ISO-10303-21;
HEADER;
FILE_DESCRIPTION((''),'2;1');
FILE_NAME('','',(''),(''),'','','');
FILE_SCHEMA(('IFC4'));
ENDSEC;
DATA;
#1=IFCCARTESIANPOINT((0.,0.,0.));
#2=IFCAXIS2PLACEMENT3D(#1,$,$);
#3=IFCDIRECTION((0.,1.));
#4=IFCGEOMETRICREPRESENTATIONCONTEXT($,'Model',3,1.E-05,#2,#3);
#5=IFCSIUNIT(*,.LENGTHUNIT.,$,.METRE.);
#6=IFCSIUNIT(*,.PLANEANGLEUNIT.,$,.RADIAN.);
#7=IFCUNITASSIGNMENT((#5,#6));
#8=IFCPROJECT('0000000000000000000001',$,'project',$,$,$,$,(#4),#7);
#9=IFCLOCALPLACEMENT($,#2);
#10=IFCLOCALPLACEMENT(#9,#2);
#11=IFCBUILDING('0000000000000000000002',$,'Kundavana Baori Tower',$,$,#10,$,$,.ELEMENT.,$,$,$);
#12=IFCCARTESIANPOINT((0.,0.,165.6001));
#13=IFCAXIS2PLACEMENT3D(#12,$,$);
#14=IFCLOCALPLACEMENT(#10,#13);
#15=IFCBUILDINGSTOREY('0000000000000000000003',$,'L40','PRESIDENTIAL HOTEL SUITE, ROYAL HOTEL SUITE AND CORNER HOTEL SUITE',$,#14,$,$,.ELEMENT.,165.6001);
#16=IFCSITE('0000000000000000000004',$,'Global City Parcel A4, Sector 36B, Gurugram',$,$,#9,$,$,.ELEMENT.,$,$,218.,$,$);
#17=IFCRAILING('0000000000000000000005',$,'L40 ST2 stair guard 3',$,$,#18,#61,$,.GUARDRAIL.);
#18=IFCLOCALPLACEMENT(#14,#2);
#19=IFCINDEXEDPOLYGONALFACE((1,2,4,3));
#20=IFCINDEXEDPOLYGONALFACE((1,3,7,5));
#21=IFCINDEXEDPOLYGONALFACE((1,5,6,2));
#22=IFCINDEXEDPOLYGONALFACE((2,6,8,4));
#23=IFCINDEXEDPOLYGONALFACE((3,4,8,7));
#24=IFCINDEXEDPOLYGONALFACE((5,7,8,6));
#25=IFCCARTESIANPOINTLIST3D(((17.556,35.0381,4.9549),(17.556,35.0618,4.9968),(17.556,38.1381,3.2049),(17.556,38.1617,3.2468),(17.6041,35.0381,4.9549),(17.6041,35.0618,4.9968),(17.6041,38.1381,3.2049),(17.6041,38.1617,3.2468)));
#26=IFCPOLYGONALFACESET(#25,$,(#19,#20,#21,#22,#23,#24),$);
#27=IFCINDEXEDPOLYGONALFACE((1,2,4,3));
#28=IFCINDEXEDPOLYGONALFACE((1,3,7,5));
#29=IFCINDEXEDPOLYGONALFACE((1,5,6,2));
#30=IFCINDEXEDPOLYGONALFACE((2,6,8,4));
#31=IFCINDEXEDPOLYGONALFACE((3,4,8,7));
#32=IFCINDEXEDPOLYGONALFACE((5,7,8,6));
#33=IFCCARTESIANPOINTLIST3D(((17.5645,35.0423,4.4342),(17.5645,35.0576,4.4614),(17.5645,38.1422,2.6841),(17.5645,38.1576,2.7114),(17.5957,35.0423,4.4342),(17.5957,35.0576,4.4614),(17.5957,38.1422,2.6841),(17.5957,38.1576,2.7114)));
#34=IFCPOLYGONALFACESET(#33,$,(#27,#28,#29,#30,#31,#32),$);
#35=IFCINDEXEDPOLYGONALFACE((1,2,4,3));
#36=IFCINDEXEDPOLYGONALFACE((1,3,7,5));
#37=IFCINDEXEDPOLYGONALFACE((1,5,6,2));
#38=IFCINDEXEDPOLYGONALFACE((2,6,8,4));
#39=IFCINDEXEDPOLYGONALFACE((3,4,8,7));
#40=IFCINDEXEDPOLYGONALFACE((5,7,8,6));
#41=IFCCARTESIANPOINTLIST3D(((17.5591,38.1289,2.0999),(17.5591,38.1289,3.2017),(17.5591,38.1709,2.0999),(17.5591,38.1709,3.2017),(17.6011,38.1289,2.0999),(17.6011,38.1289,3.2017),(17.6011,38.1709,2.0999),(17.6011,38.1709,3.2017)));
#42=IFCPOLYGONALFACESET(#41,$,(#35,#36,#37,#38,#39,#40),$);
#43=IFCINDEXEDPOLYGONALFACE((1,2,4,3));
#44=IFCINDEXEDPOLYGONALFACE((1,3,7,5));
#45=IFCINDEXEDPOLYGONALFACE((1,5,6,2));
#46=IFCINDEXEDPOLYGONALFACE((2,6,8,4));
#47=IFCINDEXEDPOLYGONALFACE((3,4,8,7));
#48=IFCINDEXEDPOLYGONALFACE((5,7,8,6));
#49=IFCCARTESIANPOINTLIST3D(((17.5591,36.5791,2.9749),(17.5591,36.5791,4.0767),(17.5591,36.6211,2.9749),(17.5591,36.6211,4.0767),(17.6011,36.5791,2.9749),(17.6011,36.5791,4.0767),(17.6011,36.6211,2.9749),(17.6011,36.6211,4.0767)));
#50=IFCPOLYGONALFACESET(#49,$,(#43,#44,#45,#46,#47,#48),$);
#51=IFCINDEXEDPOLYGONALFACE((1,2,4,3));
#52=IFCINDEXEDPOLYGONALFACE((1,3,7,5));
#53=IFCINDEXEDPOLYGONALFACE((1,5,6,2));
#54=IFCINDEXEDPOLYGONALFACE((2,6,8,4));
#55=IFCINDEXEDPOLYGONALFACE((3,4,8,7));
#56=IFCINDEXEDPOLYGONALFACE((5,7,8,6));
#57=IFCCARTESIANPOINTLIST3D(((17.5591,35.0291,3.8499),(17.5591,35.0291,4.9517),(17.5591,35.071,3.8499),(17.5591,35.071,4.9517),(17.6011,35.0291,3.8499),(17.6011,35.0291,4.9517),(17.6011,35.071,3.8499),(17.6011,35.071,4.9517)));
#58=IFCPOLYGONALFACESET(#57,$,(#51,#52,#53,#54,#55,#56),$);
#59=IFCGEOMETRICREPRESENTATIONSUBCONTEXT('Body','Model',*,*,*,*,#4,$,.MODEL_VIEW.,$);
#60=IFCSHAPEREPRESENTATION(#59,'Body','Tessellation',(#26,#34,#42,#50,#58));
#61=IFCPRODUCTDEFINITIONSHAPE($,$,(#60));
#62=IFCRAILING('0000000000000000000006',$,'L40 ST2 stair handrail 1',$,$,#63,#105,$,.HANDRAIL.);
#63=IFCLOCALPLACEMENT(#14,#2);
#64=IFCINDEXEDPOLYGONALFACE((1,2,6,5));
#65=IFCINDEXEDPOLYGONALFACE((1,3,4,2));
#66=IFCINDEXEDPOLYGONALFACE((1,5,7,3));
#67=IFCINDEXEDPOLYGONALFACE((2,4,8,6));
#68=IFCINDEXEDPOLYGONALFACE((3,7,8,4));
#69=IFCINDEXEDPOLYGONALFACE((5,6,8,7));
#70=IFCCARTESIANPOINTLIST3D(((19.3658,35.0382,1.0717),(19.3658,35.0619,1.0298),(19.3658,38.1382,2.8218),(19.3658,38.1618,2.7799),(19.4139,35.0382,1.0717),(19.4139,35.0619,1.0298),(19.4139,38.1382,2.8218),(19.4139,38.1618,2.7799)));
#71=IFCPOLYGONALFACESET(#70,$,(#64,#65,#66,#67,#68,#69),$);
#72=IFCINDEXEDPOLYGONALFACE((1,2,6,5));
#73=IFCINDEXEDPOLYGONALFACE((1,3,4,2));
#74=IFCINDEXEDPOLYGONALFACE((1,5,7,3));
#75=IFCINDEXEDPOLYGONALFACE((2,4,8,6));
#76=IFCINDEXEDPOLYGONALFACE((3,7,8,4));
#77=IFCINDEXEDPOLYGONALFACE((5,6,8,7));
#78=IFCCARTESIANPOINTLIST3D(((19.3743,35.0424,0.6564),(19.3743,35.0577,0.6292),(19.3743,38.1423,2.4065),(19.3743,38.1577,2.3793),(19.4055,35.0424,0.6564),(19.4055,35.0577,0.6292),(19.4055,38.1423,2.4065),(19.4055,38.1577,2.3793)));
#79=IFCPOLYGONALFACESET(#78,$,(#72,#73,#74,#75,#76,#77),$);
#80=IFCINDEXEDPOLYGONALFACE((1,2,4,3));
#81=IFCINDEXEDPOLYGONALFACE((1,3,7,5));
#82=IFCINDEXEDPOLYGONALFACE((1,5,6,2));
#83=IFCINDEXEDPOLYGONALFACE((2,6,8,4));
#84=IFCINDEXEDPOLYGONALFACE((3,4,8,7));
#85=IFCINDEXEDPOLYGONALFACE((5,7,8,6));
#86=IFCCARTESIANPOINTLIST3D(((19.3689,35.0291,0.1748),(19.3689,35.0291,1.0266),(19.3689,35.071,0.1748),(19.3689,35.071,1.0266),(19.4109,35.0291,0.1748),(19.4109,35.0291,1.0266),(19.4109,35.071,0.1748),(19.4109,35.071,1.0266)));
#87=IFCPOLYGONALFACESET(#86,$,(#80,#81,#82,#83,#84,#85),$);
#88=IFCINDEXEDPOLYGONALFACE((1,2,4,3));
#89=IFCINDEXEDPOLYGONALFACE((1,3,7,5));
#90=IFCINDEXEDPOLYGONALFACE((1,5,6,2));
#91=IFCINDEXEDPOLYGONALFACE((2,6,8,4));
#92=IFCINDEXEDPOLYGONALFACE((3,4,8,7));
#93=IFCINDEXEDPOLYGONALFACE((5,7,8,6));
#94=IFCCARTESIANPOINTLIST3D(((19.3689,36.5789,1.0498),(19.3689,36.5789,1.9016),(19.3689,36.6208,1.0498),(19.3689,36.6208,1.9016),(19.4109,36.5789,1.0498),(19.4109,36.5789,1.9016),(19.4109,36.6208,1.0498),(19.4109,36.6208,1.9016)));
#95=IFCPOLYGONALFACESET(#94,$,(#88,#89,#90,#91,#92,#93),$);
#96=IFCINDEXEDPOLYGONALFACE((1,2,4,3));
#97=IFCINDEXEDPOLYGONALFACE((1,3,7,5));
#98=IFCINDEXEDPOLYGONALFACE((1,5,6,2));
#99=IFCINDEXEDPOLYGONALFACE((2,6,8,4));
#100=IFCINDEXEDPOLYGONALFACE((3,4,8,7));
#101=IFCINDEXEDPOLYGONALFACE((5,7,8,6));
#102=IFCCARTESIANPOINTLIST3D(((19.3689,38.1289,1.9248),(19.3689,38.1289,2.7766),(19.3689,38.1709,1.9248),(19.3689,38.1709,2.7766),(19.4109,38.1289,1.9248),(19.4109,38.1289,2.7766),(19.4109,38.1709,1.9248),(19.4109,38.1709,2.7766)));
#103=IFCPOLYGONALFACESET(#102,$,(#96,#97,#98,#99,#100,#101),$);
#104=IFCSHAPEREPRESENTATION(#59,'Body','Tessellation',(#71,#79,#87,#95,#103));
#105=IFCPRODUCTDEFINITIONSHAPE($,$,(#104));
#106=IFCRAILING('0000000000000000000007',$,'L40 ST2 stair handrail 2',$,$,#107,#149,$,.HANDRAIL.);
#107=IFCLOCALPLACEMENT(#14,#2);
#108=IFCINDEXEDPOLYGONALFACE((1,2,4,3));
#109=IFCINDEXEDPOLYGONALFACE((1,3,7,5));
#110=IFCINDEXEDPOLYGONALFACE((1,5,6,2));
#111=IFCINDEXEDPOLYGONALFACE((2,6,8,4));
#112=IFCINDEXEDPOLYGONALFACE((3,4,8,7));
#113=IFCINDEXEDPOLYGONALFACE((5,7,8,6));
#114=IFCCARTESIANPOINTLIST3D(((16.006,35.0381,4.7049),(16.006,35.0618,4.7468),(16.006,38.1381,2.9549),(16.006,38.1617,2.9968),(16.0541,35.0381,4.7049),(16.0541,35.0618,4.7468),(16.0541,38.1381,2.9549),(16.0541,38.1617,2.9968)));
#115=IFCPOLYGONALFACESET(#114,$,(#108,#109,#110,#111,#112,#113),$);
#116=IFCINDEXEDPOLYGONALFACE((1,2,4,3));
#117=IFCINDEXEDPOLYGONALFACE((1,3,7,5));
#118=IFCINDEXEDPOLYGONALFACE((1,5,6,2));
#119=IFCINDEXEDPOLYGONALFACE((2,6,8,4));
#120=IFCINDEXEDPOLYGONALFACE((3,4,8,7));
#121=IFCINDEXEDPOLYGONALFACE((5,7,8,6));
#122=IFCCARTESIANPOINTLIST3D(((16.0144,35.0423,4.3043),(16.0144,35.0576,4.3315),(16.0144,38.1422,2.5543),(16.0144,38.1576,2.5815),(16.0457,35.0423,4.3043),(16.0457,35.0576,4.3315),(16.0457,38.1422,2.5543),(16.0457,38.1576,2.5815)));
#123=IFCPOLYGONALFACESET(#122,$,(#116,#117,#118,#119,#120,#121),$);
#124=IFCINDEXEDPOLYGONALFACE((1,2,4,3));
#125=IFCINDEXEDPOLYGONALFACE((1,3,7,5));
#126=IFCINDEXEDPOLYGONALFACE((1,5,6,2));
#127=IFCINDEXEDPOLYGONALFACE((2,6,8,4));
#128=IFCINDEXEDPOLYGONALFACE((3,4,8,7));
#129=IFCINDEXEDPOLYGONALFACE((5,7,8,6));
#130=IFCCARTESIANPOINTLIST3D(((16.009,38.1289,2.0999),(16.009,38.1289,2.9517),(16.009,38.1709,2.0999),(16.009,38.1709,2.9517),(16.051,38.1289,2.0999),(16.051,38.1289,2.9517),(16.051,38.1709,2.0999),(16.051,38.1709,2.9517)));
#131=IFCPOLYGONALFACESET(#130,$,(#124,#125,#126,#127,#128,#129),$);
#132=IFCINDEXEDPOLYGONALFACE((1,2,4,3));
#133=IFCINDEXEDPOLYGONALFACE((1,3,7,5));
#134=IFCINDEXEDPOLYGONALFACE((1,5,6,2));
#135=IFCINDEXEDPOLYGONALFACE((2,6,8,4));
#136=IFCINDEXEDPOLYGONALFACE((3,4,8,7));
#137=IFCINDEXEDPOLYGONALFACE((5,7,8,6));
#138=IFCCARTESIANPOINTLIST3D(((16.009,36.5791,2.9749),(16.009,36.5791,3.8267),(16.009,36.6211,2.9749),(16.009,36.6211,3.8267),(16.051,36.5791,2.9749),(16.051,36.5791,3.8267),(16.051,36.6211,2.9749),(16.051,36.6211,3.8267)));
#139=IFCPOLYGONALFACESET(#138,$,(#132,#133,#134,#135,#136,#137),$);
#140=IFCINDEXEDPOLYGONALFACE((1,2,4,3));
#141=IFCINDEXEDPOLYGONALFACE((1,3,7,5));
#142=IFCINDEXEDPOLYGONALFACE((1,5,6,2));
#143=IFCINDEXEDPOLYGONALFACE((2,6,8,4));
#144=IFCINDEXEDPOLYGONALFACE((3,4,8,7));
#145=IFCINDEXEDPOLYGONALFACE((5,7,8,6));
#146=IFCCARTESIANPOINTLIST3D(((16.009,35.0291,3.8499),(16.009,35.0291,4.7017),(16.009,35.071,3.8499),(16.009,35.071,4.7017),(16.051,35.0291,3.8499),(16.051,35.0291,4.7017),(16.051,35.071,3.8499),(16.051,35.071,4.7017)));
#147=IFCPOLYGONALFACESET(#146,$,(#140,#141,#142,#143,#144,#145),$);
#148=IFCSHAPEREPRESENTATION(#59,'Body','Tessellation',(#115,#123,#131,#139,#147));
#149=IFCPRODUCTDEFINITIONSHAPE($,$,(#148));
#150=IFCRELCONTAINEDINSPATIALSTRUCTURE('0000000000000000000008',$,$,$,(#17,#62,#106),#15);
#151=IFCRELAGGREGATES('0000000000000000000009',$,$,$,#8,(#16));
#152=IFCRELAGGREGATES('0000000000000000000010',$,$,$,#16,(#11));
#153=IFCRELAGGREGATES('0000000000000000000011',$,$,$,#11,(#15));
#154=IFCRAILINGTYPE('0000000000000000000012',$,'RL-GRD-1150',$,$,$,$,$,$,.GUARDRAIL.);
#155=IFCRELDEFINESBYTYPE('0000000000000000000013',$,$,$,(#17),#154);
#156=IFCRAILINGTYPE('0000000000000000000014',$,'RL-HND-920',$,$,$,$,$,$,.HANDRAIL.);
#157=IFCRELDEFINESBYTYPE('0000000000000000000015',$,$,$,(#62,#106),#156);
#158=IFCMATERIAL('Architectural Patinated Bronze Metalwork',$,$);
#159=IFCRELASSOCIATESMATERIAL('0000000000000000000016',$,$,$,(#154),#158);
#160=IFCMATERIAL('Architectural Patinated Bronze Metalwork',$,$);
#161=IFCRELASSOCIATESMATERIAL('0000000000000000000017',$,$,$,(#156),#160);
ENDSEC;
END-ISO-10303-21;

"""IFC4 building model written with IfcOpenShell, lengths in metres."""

from ifc_helpers import new_model, si_unit, direction, frame, origin, origin_2d, place, context, subcontext, project, spatial, rectangle, extrude, material, type_object, element, save


model = new_model("IFC4")

# Units and contexts
model_context = context("Model", 3, precision=1e-05, world=origin(), true_north=direction((0.0, 1.0)))
body_context = subcontext(model_context, "Body", "Model", "MODEL_VIEW")
ifc_project = project(units=[si_unit("LENGTHUNIT", "METRE"), si_unit("PLANEANGLEUNIT", "RADIAN")], contexts=[model_context])

# Site, building, storey
site_placement = place(None, origin())
site = spatial("IfcSite", under=ifc_project, at=site_placement, Name="Global City Parcel A4, Sector 36B, Gurugram", CompositionType="ELEMENT", RefElevation=218.0)
building_placement = place(site_placement, origin())
building = spatial("IfcBuilding", under=site, at=building_placement, Name="Kundavana Baori Tower", CompositionType="ELEMENT")
storey_placement = place(building_placement, frame((0.0, 0.0, 165.6001)))
storey = spatial("IfcBuildingStorey", under=building, at=storey_placement, Name="L40", Description="PRESIDENTIAL HOTEL SUITE, ROYAL HOTEL SUITE AND CORNER HOTEL SUITE", CompositionType="ELEMENT", Elevation=165.6001)

# Railings
ifc_material_1 = material(Name="Architectural Patinated Bronze Metalwork")
railing_type_1 = type_object("IfcRailingType", Name="RL-GRD-1150", PredefinedType="GUARDRAIL", material=ifc_material_1)
railing_1_placement = place(storey_placement, frame((17.5801, 38.1499, 2.0999)))
element("IfcRailing", 1, at=railing_1_placement, inside=storey, type_object=railing_type_1, Name="L40 ST2 stair guard 3", PredefinedType="GUARDRAIL", context=body_context, shape_type="SweptSolid", body=[
    extrude(rectangle(XDim=0.0481, YDim=0.0481, at=origin_2d()), frame((0.0, 0.0, 1.126), z_axis=(0.0, -0.870814, 0.491612), x_axis=(1.0, 0.0, 0.0)), (0.0, 0.0, 1.0), 3.5598),
    extrude(rectangle(XDim=0.0312, YDim=0.0312, at=origin_2d()), frame((0.0, 0.0, 0.5979), z_axis=(0.0, -0.870814, 0.491612), x_axis=(1.0, 0.0, 0.0)), (0.0, 0.0, 1.0), 3.5598),
    extrude(rectangle(XDim=0.042, YDim=0.042, at=origin_2d()), origin(), (0.0, 0.0, 1.0), 1.1018),
    extrude(rectangle(XDim=0.042, YDim=0.042, at=origin_2d()), frame((0.0, -1.5498, 0.875)), (0.0, 0.0, 1.0), 1.1018),
    extrude(rectangle(XDim=0.042, YDim=0.042, at=origin_2d()), frame((0.0, -3.0999, 1.75)), (0.0, 0.0, 1.0), 1.1018),
])
ifc_material_2 = material(Name="Architectural Patinated Bronze Metalwork")
railing_type_2 = type_object("IfcRailingType", Name="RL-HND-920", PredefinedType="HANDRAIL", material=ifc_material_2)
railing_2_placement = place(storey_placement, frame((19.3899, 35.05, 0.1748)))
element("IfcRailing", 2, at=railing_2_placement, inside=storey, type_object=railing_type_2, Name="L40 ST2 stair handrail 1", PredefinedType="HANDRAIL", context=body_context, shape_type="SweptSolid", body=[
    extrude(rectangle(XDim=0.0481, YDim=0.0481, at=origin_2d()), frame((0.0, 0.0, 0.876), z_axis=(0.0, 0.870814, 0.491612), x_axis=(-1.0, 0.0, 0.0)), (0.0, 0.0, 1.0), 3.5598),
    extrude(rectangle(XDim=0.0312, YDim=0.0312, at=origin_2d()), frame((0.0, 0.0, 0.468), z_axis=(0.0, 0.870814, 0.491612), x_axis=(-1.0, 0.0, 0.0)), (0.0, 0.0, 1.0), 3.5598),
    extrude(rectangle(XDim=0.042, YDim=0.042, at=origin_2d()), origin(), (0.0, 0.0, 1.0), 0.8518),
    extrude(rectangle(XDim=0.042, YDim=0.042, at=origin_2d()), frame((0.0, 1.5498, 0.875)), (0.0, 0.0, 1.0), 0.8518),
    extrude(rectangle(XDim=0.042, YDim=0.042, at=origin_2d()), frame((0.0, 3.0999, 1.75)), (0.0, 0.0, 1.0), 0.8518),
])
railing_3_placement = place(storey_placement, frame((16.03, 38.1499, 2.0999)))
element("IfcRailing", 3, at=railing_3_placement, inside=storey, type_object=railing_type_2, Name="L40 ST2 stair handrail 2", PredefinedType="HANDRAIL", context=body_context, shape_type="SweptSolid", body=[
    extrude(rectangle(XDim=0.0481, YDim=0.0481, at=origin_2d()), frame((0.0, 0.0, 0.876), z_axis=(0.0, -0.870814, 0.491612), x_axis=(1.0, 0.0, 0.0)), (0.0, 0.0, 1.0), 3.5598),
    extrude(rectangle(XDim=0.0312, YDim=0.0312, at=origin_2d()), frame((0.0, 0.0, 0.468), z_axis=(0.0, -0.870814, 0.491612), x_axis=(1.0, 0.0, 0.0)), (0.0, 0.0, 1.0), 3.5598),
    extrude(rectangle(XDim=0.042, YDim=0.042, at=origin_2d()), origin(), (0.0, 0.0, 1.0), 0.8518),
    extrude(rectangle(XDim=0.042, YDim=0.042, at=origin_2d()), frame((0.0, -1.5498, 0.875)), (0.0, 0.0, 1.0), 0.8518),
    extrude(rectangle(XDim=0.042, YDim=0.042, at=origin_2d()), frame((0.0, -3.0999, 1.75)), (0.0, 0.0, 1.0), 0.8518),
])

save(model, "model.ifc")
